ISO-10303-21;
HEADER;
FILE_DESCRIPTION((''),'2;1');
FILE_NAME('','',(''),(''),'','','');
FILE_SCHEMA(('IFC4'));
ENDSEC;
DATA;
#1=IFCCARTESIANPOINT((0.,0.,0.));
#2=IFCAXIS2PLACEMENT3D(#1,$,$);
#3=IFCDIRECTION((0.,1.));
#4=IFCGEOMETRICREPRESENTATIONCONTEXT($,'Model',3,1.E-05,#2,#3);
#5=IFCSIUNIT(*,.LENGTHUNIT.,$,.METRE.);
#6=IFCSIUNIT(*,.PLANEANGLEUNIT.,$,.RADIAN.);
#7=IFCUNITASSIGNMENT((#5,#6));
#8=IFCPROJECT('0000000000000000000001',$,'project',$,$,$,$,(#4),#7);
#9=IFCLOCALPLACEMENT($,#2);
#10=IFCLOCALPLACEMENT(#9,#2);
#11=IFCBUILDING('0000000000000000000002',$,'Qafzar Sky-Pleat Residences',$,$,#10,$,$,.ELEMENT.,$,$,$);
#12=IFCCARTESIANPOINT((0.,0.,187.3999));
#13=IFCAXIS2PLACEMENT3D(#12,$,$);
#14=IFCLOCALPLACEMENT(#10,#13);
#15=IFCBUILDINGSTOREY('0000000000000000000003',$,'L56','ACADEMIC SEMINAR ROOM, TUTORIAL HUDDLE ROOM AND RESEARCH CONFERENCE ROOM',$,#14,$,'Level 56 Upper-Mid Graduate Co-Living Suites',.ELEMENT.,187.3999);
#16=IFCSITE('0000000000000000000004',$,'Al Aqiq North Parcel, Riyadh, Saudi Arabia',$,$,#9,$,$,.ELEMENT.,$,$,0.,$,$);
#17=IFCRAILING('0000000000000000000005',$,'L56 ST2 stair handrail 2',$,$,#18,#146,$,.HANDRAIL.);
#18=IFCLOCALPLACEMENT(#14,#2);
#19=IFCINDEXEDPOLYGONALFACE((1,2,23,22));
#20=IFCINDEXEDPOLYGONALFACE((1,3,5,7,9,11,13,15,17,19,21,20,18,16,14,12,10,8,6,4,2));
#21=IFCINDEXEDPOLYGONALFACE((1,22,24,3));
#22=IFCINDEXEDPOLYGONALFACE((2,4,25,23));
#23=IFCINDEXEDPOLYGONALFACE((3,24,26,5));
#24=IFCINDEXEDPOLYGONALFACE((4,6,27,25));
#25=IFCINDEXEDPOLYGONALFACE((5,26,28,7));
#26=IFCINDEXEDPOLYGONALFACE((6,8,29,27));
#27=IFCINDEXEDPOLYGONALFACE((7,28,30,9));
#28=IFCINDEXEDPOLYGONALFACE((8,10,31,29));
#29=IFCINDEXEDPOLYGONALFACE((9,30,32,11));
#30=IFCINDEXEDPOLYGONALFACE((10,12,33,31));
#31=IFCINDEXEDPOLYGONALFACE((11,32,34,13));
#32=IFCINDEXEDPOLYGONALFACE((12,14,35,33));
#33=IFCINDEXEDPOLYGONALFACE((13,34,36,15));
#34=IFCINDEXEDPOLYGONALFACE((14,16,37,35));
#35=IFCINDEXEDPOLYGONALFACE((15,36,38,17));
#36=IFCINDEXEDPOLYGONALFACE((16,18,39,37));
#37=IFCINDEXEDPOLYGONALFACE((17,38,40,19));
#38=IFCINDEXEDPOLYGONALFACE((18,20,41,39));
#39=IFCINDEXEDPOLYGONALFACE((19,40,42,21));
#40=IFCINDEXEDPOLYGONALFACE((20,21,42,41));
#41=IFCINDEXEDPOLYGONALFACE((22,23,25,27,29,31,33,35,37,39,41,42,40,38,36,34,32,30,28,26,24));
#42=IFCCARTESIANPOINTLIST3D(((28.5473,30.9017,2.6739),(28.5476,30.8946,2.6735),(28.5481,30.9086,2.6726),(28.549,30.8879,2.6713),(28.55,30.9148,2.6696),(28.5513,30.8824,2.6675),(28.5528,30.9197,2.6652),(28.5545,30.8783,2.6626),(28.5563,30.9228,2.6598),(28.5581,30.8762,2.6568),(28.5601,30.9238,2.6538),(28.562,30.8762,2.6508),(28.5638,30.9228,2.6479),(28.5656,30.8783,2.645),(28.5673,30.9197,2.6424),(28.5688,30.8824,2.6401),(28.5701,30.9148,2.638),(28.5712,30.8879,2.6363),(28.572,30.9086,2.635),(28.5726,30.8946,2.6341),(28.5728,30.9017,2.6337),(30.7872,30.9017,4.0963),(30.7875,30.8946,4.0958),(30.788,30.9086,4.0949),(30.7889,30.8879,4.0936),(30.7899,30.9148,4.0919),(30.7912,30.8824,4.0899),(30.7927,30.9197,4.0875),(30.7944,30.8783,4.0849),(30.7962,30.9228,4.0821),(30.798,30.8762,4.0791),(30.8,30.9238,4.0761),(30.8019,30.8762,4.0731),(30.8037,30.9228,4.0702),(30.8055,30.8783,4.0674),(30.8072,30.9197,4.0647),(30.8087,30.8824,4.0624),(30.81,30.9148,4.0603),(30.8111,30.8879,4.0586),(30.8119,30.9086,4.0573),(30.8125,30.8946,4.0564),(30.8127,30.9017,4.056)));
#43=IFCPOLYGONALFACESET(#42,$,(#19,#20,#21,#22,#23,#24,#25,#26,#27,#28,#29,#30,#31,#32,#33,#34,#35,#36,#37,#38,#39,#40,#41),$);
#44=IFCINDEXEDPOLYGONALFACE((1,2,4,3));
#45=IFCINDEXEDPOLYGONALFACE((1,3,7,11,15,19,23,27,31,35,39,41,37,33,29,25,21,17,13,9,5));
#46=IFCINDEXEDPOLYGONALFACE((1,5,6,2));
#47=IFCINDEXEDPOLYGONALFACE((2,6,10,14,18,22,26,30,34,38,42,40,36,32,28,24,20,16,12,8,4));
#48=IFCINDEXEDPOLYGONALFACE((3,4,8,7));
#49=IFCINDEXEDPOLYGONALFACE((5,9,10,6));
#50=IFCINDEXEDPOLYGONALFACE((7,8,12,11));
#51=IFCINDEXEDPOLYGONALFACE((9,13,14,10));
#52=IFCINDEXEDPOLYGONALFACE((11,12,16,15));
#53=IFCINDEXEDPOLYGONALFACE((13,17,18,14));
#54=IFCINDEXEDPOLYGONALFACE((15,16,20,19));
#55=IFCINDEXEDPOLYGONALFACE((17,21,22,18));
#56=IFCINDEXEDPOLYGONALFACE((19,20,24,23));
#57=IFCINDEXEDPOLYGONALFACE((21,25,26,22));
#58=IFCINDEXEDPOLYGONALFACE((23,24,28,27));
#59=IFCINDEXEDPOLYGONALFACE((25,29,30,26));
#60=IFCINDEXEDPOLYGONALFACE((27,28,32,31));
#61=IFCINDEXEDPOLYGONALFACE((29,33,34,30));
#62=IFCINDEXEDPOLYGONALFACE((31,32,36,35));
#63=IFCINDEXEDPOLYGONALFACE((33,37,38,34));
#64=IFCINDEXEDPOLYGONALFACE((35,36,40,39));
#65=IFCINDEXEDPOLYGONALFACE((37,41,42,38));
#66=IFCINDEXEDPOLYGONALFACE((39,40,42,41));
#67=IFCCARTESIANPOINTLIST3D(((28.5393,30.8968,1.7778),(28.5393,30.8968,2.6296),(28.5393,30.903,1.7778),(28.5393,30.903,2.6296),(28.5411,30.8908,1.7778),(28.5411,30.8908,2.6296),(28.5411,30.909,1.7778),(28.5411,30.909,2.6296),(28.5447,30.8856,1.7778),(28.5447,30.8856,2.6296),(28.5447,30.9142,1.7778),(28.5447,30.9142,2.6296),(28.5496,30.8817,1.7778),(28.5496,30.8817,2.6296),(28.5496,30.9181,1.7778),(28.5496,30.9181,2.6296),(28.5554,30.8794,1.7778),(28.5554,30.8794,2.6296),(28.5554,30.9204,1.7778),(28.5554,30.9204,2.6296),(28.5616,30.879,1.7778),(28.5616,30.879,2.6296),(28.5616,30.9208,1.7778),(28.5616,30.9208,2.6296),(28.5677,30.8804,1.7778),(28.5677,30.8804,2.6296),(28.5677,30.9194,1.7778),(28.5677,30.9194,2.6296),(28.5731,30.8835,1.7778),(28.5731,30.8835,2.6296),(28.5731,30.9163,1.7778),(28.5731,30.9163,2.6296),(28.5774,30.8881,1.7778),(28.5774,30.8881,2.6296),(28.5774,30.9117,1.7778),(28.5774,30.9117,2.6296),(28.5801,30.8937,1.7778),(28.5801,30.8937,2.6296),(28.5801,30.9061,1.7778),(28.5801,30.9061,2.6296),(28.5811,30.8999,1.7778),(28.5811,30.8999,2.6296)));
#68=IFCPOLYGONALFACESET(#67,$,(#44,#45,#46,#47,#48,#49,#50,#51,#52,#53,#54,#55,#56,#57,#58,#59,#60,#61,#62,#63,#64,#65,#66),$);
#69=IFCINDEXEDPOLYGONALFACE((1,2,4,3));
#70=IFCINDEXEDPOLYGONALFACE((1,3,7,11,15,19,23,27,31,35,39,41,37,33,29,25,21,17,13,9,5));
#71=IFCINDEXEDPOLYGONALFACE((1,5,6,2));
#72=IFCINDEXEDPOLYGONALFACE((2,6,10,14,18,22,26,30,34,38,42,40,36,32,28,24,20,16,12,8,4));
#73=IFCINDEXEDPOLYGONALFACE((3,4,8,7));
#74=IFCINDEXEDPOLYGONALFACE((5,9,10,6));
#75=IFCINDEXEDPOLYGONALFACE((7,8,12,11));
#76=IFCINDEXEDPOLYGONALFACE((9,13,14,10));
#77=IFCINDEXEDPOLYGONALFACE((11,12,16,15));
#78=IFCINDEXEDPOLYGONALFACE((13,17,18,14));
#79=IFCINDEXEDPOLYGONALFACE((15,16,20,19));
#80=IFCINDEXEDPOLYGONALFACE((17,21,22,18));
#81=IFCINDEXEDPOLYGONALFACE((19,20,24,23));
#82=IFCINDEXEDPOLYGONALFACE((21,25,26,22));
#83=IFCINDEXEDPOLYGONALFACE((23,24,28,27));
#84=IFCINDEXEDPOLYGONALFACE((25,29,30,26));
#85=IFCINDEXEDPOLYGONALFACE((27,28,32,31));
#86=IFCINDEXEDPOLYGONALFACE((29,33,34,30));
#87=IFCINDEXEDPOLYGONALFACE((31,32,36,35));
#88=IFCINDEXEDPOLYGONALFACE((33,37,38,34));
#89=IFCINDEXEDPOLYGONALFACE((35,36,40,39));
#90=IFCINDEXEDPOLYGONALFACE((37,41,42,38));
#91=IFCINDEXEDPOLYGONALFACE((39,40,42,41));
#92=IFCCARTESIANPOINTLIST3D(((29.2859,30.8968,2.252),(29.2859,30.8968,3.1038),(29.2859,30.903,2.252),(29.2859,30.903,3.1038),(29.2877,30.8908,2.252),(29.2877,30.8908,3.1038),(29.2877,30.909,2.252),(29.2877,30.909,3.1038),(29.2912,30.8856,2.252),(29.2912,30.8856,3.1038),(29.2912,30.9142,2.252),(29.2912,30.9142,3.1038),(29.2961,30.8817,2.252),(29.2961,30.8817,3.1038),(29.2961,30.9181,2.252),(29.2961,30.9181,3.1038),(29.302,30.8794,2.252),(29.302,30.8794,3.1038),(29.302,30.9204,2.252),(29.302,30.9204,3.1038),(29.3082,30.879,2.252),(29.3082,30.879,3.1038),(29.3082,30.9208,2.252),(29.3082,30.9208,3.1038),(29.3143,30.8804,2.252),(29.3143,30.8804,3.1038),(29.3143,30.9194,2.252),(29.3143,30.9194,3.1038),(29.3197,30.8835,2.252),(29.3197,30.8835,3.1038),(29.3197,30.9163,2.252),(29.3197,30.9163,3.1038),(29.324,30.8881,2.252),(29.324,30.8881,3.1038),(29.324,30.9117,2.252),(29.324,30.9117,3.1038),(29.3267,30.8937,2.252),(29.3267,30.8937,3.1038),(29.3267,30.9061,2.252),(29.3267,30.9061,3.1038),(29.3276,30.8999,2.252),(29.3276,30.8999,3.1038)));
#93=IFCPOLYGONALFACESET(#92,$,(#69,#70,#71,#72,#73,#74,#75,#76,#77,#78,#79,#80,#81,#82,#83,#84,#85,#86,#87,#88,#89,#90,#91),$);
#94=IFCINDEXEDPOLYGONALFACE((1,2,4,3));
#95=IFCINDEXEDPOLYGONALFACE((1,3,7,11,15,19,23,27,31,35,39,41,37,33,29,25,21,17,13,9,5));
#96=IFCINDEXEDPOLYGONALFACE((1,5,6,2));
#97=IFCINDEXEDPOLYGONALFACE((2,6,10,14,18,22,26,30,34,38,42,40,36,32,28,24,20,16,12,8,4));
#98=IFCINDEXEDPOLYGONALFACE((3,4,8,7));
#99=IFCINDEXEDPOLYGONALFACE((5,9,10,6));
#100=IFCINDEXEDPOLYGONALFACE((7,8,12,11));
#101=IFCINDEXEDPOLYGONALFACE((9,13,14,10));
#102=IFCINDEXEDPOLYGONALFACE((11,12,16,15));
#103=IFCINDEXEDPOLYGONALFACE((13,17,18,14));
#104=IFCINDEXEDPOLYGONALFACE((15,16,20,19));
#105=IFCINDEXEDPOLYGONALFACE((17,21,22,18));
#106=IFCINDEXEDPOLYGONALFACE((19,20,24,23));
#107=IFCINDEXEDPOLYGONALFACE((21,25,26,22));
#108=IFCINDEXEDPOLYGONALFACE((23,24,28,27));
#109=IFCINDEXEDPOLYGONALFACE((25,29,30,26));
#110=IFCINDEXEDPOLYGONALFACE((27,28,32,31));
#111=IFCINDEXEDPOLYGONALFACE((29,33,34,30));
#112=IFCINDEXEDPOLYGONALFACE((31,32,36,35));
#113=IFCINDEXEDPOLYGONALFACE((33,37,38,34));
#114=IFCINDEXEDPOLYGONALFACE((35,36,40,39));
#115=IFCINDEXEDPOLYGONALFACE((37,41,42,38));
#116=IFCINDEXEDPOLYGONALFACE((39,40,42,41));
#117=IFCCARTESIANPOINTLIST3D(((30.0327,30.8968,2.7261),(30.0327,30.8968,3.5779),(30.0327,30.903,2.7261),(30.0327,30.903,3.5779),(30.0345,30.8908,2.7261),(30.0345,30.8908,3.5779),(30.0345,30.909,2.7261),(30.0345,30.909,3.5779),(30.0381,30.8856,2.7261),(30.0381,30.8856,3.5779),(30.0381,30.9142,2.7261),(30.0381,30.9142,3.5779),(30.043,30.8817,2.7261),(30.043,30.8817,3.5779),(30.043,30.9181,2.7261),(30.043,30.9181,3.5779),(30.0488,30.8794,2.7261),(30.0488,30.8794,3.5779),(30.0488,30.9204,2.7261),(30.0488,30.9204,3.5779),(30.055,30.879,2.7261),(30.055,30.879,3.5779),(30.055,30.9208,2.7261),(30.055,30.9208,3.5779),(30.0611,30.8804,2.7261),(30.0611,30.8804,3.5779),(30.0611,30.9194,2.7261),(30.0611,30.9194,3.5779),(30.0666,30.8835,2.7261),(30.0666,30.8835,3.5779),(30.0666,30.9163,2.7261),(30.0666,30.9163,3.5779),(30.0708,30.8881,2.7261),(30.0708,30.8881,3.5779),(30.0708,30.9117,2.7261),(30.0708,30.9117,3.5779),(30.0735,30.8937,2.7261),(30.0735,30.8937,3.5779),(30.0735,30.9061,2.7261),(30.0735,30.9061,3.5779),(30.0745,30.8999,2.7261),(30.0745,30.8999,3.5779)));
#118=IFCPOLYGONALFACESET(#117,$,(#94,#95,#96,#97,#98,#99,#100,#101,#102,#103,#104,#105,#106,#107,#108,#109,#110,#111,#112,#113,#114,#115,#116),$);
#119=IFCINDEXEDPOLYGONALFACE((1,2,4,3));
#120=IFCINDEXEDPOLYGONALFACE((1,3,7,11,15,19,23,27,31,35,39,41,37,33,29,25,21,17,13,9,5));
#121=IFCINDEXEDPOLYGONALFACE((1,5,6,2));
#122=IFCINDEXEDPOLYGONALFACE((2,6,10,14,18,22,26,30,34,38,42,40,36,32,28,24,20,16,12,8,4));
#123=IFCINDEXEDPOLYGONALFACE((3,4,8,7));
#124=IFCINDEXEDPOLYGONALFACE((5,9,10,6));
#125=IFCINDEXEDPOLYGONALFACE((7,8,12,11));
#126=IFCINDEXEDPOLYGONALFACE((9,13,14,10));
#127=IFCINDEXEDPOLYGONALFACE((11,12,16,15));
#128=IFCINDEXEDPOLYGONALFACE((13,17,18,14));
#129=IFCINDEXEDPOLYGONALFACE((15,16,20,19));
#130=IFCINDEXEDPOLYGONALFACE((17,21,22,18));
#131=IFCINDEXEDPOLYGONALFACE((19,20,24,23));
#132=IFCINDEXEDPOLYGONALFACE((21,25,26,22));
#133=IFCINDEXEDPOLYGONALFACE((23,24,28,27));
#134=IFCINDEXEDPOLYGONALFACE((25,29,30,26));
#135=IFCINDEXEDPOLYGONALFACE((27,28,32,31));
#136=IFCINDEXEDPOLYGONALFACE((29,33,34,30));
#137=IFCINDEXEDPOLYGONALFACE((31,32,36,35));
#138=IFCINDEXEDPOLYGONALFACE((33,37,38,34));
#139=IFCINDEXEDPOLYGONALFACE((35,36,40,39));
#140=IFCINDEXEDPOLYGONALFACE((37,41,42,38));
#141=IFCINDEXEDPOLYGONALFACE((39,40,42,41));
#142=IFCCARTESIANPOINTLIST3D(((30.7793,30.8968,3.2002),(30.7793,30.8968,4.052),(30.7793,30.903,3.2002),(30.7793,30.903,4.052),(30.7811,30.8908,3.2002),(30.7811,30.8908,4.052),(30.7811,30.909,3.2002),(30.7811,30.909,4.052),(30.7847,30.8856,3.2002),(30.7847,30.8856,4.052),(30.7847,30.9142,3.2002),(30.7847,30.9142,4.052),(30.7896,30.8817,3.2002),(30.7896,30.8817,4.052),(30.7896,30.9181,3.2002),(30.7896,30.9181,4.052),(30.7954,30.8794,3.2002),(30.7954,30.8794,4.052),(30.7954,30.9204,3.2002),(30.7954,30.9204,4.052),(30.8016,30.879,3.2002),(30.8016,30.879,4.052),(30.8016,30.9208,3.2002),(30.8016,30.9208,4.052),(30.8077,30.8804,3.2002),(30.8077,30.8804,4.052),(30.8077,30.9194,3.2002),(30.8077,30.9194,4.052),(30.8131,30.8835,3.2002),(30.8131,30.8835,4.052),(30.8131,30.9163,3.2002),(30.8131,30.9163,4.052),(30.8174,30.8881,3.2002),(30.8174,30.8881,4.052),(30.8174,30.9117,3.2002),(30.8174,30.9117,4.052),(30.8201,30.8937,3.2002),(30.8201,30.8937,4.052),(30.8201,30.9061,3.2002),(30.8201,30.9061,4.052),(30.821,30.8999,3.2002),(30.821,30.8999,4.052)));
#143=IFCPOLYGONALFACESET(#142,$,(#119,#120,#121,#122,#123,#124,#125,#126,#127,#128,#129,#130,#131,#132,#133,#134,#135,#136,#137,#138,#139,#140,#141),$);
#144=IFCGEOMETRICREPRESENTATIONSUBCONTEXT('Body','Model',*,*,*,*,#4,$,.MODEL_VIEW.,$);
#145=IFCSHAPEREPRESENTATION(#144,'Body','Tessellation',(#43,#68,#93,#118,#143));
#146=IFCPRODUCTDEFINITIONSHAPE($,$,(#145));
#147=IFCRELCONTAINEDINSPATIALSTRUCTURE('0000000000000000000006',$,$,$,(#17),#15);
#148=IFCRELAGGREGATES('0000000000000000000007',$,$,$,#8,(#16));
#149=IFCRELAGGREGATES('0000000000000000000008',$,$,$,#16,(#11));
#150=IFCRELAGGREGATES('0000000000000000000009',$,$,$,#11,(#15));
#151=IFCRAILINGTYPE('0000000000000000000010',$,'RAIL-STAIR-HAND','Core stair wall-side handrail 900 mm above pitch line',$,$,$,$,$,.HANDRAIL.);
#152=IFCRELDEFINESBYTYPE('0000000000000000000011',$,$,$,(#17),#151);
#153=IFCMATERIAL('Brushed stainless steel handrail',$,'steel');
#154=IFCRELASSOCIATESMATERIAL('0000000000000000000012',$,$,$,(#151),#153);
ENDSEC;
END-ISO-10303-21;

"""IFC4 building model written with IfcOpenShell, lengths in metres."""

from ifc_helpers import new_model, si_unit, direction, frame, origin, origin_2d, place, context, subcontext, project, spatial, circle, extrude, source, transform, mapped, material, type_object, element, save


model = new_model("IFC4")

# Units and contexts
model_context = context("Model", 3, precision=1e-05, world=origin(), true_north=direction((0.0, 1.0)))
body_context = subcontext(model_context, "Body", "Model", "MODEL_VIEW")
ifc_project = project(units=[si_unit("LENGTHUNIT", "METRE"), si_unit("PLANEANGLEUNIT", "RADIAN")], contexts=[model_context])

# Site, building, storey
site_placement = place(None, origin())
site = spatial("IfcSite", under=ifc_project, at=site_placement, Name="Al Aqiq North Parcel, Riyadh, Saudi Arabia", CompositionType="ELEMENT", RefElevation=0.0)
building_placement = place(site_placement, origin())
building = spatial("IfcBuilding", under=site, at=building_placement, Name="Qafzar Sky-Pleat Residences", CompositionType="ELEMENT")
storey_placement = place(building_placement, frame((0.0, 0.0, 187.3999)))
storey = spatial("IfcBuildingStorey", under=building, at=storey_placement, Name="L56", Description="ACADEMIC SEMINAR ROOM, TUTORIAL HUDDLE ROOM AND RESEARCH CONFERENCE ROOM", LongName="Level 56 Upper-Mid Graduate Co-Living Suites", CompositionType="ELEMENT", Elevation=187.3999)

# Railing
ifc_material_1 = material(Name="Brushed stainless steel handrail", Category="steel")
railing_type_1 = type_object("IfcRailingType", Name="RAIL-STAIR-HAND", Description="Core stair wall-side handrail 900 mm above pitch line", PredefinedType="HANDRAIL", material=ifc_material_1)
shared_shape_1 = source(origin(), body_context, "Body", "SweptSolid", [
    extrude(circle(Radius=0.0239, at=origin_2d()), frame((0.0, 0.0, 0.876), z_axis=(0.844188, 0.0, 0.536048), x_axis=(0.0, 1.0, 0.0)), (0.0, 0.0, 1.0), 2.6533),
    extrude(circle(Radius=0.021, at=origin_2d()), origin(), (0.0, 0.0, 1.0), 0.8518),
    extrude(circle(Radius=0.021, at=origin_2d()), frame((0.7466, 0.0, 0.4741)), (0.0, 0.0, 1.0), 0.8518),
    extrude(circle(Radius=0.021, at=origin_2d()), frame((1.4934, 0.0, 0.9482)), (0.0, 0.0, 1.0), 0.8518),
    extrude(circle(Radius=0.021, at=origin_2d()), frame((2.24, 0.0, 1.4224)), (0.0, 0.0, 1.0), 0.8518),
])
railing_1_placement = place(storey_placement, frame((28.5601, 30.8999, 1.7778)))
element("IfcRailing", 1, at=railing_1_placement, inside=storey, type_object=railing_type_1, Name="L56 ST2 stair handrail 2", PredefinedType="HANDRAIL", context=body_context, shape_type="MappedRepresentation", body=[
    mapped(shared_shape_1, transform((0.0, 0.0, 0.0), x_axis=(1.0, 0.0, 0.0), y_axis=(0.0, 1.0, 0.0), z_axis=(0.0, 0.0, 1.0), scale=1.0)),
])

save(model, "model.ifc")
